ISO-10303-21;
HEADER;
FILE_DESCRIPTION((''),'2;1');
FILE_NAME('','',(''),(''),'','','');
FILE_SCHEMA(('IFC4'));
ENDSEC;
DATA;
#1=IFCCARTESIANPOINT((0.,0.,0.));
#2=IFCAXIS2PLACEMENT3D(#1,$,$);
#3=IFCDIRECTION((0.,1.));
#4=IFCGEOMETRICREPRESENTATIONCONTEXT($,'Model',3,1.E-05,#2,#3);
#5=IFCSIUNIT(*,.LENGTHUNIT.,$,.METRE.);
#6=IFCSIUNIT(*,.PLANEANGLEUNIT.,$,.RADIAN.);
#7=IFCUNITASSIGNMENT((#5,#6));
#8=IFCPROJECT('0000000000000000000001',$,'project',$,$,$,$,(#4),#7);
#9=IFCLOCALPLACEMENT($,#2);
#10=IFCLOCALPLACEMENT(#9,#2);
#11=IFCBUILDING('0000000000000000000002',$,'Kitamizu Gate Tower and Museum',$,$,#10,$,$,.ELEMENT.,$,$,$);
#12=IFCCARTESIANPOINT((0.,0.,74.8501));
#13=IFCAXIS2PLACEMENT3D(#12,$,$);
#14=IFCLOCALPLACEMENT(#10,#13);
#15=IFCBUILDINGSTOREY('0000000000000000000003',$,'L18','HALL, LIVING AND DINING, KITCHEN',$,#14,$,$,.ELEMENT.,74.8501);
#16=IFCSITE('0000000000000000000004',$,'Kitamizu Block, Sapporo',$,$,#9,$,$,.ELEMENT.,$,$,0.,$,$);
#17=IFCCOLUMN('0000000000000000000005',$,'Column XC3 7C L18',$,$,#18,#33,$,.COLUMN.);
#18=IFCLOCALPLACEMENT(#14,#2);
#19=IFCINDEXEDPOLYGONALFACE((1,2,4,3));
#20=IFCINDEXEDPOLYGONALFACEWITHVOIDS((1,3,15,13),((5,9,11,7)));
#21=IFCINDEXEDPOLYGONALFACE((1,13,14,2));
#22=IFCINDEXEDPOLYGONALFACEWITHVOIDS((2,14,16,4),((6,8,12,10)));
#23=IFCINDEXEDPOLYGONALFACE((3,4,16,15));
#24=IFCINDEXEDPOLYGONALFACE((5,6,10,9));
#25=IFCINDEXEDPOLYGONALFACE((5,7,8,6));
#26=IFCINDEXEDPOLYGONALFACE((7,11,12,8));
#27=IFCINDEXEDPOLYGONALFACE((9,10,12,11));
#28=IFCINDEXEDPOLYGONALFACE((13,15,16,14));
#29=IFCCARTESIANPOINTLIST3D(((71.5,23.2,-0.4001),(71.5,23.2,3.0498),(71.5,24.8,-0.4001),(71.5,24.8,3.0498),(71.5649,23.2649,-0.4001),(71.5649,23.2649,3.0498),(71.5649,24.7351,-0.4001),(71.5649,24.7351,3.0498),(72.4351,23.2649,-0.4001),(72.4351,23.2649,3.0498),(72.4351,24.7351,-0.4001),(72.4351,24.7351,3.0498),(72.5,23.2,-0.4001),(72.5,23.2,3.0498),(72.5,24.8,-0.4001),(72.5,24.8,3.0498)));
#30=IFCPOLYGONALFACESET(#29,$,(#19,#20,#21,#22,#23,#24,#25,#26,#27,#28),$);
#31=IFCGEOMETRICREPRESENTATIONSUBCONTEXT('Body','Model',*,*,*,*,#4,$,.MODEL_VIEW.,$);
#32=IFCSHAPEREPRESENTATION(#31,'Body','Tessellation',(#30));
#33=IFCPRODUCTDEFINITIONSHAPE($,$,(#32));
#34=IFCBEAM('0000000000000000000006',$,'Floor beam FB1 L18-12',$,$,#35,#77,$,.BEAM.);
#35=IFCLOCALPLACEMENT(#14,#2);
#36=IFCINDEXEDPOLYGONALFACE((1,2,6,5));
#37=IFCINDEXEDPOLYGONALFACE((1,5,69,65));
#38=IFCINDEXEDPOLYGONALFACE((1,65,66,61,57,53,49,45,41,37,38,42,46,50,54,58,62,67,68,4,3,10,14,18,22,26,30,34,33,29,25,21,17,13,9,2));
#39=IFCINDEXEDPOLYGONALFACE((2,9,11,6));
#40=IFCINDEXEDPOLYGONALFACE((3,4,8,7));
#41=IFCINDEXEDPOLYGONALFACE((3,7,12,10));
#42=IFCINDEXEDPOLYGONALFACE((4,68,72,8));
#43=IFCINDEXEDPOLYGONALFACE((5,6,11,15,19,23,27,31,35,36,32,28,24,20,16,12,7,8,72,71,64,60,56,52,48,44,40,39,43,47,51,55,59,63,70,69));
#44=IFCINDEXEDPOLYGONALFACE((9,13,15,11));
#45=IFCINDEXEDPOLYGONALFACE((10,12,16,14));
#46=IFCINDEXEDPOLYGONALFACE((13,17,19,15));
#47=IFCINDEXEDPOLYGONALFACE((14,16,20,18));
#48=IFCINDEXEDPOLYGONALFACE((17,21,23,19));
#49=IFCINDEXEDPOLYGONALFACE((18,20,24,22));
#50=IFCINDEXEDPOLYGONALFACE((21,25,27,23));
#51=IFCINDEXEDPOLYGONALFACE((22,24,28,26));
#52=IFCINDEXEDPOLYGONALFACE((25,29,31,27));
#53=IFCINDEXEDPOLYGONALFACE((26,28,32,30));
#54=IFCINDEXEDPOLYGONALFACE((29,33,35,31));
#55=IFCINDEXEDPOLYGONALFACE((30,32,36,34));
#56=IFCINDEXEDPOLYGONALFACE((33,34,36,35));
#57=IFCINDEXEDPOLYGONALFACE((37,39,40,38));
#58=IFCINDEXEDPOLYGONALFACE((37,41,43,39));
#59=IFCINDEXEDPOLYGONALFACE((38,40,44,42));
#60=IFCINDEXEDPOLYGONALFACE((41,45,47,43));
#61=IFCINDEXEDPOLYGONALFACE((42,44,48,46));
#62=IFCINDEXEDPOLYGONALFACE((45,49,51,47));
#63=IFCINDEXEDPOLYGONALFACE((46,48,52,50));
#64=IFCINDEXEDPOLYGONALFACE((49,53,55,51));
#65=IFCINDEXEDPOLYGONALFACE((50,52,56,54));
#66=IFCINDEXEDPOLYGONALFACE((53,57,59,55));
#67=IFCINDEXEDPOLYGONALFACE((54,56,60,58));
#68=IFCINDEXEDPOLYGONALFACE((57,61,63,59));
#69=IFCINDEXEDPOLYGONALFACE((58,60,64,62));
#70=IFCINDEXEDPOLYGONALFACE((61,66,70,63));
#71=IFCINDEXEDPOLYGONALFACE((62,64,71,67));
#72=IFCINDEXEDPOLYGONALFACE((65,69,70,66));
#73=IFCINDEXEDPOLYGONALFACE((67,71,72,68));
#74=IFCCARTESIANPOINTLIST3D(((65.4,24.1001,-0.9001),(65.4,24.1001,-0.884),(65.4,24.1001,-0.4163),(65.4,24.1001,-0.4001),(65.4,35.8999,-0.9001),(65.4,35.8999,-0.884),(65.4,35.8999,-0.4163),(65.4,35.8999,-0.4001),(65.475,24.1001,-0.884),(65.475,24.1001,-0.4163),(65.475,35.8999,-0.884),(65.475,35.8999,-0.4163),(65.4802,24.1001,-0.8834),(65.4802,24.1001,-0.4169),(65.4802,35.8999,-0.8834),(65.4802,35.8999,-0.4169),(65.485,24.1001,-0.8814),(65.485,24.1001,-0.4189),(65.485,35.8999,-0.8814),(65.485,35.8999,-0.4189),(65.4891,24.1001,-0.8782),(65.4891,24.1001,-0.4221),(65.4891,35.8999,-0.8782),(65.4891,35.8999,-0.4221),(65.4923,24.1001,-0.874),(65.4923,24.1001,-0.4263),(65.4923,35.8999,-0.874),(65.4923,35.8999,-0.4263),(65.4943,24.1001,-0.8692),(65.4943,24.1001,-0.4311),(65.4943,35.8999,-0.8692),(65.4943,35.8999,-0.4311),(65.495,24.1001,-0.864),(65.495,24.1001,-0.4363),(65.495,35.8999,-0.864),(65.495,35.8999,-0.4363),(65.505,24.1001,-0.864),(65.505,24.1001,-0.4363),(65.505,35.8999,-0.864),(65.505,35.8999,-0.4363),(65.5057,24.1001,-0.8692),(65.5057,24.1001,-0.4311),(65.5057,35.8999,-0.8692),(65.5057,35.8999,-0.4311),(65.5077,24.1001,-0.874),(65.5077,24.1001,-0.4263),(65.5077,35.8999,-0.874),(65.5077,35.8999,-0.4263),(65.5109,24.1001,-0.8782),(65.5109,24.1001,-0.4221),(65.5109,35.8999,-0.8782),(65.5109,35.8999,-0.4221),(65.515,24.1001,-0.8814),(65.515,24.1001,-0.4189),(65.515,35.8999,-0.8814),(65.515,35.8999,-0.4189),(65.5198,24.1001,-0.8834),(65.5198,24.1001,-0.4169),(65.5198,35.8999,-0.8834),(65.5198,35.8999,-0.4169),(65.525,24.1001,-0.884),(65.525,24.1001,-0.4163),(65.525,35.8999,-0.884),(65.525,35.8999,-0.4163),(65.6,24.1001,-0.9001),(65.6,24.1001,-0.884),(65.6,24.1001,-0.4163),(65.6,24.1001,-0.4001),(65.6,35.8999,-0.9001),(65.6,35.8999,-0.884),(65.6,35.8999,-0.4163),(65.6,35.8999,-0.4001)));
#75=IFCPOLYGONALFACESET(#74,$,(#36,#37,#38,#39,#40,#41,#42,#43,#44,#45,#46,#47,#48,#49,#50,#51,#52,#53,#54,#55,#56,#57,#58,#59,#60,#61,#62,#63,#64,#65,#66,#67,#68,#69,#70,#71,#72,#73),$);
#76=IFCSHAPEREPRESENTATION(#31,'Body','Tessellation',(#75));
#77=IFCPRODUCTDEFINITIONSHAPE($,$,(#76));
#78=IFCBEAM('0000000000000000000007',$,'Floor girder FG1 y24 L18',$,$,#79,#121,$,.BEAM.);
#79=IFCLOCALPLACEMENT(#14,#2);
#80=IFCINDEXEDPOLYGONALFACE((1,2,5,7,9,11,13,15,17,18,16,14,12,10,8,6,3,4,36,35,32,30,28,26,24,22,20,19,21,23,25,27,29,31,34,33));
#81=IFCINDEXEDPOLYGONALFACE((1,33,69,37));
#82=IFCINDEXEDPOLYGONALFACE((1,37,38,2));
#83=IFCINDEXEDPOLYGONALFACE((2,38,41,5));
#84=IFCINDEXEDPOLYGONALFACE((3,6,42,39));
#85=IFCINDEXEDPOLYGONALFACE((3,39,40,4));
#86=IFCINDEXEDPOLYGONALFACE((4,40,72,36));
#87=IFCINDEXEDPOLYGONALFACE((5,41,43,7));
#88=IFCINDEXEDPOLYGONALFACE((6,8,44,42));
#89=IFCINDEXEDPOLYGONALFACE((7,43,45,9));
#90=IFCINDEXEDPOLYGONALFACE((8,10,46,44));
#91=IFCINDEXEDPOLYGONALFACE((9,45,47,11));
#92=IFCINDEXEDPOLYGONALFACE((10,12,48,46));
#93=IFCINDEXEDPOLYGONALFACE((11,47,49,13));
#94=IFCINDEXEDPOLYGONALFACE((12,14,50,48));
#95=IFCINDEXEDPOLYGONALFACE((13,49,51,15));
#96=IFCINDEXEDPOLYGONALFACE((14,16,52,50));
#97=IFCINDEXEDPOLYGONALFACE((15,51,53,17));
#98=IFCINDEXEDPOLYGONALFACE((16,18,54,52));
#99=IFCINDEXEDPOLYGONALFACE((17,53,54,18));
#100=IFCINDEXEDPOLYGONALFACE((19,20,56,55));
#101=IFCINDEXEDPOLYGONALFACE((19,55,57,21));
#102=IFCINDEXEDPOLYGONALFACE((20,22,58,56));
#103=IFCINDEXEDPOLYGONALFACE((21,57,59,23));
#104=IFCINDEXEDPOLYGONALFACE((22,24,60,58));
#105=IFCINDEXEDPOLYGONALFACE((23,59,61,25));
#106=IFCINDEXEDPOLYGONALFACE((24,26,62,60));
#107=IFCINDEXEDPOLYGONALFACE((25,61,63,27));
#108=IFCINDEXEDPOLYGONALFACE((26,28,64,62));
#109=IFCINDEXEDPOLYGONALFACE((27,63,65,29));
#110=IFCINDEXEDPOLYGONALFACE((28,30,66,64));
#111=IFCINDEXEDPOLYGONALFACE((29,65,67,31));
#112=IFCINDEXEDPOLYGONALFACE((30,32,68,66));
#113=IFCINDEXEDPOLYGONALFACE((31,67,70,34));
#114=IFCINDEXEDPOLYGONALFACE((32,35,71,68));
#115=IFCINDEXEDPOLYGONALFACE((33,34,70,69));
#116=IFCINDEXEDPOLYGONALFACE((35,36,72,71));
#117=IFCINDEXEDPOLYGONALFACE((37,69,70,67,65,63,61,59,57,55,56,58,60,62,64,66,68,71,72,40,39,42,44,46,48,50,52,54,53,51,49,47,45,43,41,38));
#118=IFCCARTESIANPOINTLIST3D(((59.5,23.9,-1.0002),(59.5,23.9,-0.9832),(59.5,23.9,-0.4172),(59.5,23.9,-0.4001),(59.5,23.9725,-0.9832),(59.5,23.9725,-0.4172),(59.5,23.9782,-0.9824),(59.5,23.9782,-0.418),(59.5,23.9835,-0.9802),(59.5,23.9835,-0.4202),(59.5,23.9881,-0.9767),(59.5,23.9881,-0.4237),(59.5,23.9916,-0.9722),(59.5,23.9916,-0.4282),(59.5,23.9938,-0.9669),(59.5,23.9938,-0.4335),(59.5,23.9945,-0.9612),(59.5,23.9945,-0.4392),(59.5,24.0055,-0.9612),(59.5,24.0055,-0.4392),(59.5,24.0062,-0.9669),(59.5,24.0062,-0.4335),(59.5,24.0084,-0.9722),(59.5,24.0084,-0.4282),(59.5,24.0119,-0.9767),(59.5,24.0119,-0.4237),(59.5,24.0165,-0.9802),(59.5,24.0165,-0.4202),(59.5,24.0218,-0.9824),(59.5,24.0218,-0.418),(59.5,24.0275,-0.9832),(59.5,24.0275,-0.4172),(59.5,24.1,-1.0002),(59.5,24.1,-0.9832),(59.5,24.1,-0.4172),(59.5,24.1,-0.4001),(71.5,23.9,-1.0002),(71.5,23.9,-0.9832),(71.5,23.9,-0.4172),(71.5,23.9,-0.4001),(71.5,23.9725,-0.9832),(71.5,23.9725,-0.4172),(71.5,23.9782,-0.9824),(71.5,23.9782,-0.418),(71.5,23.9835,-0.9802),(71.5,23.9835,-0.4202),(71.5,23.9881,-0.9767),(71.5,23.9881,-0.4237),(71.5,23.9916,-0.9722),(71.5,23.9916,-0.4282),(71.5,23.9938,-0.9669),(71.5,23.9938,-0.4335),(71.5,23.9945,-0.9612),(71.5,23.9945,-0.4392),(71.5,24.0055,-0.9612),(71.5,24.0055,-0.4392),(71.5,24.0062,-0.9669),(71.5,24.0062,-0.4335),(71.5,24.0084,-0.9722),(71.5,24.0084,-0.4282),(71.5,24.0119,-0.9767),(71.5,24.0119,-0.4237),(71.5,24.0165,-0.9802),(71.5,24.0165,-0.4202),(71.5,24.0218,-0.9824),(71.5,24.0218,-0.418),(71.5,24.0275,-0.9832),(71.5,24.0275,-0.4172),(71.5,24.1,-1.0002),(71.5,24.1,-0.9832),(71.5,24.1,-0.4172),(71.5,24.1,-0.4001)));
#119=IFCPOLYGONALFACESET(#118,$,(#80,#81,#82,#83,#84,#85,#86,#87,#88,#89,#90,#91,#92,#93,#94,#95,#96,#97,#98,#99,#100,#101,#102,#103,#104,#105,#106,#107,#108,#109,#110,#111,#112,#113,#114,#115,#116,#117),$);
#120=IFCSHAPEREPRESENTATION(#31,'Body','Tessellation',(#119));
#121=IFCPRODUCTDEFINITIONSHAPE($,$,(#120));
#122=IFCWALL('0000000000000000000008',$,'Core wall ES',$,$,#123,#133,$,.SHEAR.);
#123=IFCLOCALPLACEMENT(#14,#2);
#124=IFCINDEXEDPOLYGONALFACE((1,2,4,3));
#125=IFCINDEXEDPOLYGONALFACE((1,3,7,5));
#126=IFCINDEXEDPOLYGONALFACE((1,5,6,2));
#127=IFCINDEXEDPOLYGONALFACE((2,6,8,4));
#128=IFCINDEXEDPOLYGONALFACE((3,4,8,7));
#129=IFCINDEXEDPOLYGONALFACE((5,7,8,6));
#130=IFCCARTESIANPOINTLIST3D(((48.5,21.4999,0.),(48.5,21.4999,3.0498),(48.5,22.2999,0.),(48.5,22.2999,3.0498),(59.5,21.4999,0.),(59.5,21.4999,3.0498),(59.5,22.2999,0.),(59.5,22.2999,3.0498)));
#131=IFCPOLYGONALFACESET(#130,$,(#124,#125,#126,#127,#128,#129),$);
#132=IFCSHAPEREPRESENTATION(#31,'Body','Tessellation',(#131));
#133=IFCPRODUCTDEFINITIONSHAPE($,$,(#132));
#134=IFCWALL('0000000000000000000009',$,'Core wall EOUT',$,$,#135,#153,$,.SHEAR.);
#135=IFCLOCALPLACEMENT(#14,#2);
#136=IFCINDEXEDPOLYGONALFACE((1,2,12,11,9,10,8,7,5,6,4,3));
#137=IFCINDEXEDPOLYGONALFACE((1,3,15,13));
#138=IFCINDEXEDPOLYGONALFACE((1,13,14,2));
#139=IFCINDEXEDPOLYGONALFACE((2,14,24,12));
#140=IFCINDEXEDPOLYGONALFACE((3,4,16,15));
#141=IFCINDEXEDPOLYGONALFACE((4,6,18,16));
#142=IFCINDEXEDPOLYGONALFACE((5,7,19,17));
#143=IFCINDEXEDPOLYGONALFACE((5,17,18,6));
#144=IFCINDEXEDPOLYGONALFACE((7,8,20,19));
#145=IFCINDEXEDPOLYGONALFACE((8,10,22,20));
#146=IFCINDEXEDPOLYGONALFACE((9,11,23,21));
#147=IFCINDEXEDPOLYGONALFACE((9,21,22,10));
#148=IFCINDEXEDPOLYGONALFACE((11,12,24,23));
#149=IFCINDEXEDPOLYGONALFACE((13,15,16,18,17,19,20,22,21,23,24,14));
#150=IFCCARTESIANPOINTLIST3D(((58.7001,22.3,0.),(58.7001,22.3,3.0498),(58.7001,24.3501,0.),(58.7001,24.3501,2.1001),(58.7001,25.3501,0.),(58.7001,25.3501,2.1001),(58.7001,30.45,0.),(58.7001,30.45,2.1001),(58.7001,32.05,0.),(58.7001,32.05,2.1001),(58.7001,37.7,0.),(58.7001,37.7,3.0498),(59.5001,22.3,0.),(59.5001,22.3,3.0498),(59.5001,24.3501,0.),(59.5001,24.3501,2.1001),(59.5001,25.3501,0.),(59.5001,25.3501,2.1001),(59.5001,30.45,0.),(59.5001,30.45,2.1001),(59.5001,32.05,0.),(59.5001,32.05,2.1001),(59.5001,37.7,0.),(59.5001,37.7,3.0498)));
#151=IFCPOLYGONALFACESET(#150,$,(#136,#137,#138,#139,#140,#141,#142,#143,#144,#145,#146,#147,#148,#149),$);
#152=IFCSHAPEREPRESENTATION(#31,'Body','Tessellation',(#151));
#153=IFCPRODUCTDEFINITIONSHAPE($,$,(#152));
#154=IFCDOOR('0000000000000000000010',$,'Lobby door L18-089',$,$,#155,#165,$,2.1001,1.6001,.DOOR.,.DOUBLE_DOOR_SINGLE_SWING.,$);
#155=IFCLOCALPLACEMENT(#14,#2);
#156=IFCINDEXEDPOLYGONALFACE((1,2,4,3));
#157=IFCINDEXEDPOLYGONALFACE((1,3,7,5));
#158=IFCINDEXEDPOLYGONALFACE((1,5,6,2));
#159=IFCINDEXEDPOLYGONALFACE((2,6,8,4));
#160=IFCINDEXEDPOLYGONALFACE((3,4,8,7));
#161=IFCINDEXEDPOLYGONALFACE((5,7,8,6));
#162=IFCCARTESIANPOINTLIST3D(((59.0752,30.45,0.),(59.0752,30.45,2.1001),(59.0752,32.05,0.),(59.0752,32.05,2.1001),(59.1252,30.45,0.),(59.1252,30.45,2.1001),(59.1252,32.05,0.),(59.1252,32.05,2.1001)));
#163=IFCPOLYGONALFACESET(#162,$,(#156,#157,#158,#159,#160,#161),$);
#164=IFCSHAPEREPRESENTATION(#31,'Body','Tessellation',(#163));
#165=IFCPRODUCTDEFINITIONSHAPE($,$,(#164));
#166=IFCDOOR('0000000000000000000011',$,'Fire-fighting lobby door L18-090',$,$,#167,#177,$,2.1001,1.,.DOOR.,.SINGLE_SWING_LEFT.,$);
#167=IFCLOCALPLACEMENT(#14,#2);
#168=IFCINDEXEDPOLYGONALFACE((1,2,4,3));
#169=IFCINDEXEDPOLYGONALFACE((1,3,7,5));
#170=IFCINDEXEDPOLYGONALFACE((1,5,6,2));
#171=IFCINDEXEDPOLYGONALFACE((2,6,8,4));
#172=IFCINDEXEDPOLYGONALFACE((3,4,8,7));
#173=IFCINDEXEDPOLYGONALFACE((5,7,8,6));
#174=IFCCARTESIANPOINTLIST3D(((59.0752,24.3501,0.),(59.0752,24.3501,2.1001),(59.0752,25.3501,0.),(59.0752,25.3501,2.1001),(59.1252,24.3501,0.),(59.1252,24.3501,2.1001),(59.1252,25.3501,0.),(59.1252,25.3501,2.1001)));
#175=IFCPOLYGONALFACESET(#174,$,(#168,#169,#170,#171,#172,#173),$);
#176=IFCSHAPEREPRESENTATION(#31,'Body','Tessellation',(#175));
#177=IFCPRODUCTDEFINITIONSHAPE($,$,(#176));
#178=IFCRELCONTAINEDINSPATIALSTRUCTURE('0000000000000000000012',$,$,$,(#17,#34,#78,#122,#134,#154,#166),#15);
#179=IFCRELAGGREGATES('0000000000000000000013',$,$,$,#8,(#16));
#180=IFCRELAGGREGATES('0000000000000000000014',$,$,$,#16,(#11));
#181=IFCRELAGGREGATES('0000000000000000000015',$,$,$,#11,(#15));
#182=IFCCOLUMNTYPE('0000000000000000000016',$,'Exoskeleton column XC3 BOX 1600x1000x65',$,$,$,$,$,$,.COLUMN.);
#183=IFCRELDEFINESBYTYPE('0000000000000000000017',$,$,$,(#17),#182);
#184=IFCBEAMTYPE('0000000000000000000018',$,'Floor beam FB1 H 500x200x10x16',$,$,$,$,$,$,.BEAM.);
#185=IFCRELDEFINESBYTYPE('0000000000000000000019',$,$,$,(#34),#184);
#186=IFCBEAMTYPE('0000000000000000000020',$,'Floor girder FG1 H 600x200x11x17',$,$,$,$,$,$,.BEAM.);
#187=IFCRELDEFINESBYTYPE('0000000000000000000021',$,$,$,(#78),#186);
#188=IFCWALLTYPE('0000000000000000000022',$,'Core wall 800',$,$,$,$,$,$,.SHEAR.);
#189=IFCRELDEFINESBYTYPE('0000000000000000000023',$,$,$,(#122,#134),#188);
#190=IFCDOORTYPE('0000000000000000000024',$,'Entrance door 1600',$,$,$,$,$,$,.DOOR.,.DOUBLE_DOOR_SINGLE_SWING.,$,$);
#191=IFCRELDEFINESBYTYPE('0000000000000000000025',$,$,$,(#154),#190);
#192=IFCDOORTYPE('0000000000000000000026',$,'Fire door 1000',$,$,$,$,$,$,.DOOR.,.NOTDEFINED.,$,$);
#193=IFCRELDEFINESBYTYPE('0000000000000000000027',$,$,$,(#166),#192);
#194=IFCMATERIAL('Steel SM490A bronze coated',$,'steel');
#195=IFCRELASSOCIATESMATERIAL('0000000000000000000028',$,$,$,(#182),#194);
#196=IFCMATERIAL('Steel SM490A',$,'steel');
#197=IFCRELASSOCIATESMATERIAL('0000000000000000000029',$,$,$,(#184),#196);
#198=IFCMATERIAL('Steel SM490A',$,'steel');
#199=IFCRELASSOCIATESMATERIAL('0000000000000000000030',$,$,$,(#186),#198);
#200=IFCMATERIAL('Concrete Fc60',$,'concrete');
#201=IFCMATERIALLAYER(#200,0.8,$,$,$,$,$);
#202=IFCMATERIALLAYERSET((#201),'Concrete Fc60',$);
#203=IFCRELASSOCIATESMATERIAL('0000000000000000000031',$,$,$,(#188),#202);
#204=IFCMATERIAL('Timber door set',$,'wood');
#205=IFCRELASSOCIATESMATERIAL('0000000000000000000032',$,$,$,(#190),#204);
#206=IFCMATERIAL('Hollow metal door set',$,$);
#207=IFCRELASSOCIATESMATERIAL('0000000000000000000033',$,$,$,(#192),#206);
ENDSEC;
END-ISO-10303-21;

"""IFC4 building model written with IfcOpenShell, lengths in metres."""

from ifc_helpers import new_model, si_unit, direction, frame, frame_2d, origin, origin_2d, place, context, subcontext, project, spatial, rectangle, hollow_rectangle, i_section, extrude, material, layer, layer_set, material_profile, profile_set, type_object, element, fill, save


model = new_model("IFC4")

# Units and contexts
model_context = context("Model", 3, precision=1e-05, world=origin(), true_north=direction((0.0, 1.0)))
body_context = subcontext(model_context, "Body", "Model", "MODEL_VIEW")
ifc_project = project(units=[si_unit("LENGTHUNIT", "METRE"), si_unit("PLANEANGLEUNIT", "RADIAN")], contexts=[model_context])

# Site, building, storey
site_placement = place(None, origin())
site = spatial("IfcSite", under=ifc_project, at=site_placement, Name="Kitamizu Block, Sapporo", CompositionType="ELEMENT", RefElevation=0.0)
building_placement = place(site_placement, origin())
building = spatial("IfcBuilding", under=site, at=building_placement, Name="Kitamizu Gate Tower and Museum", CompositionType="ELEMENT")
storey_placement = place(building_placement, frame((0.0, 0.0, 74.8501)))
storey = spatial("IfcBuildingStorey", under=building, at=storey_placement, Name="L18", Description="HALL, LIVING AND DINING, KITCHEN", CompositionType="ELEMENT", Elevation=74.8501)

# Column
ifc_material_1 = material(Name="Steel SM490A bronze coated", Category="steel")
ifc_material_profile_1 = material_profile(ifc_material_1, hollow_rectangle(XDim=1.6001, YDim=1.0, WallThickness=0.0649, at=origin_2d()), Name="BOX 1600x1000x65")
ifc_profile_set_1 = profile_set([ifc_material_profile_1], Name="Steel SM490A bronze coated")
column_type = type_object("IfcColumnType", Name="Exoskeleton column XC3 BOX 1600x1000x65", PredefinedType="COLUMN", material=ifc_profile_set_1)
column_placement = place(storey_placement, frame((72.0, 24.0, -0.4001), z_axis=(0.0, 0.0, 1.0), x_axis=(0.0, 1.0, 0.0)))
element("IfcColumn", 1, at=column_placement, inside=storey, type_object=column_type, Name="Column XC3 7C L18", PredefinedType="COLUMN", context=body_context, shape_type="SweptSolid", body=[
    extrude(hollow_rectangle(XDim=1.6001, YDim=1.0, WallThickness=0.0649, at=origin_2d()), origin(), (0.0, 0.0, 1.0), 3.45),
])

# Beams
ifc_material_2 = material(Name="Steel SM490A", Category="steel")
ifc_material_profile_2 = material_profile(ifc_material_2, i_section(OverallWidth=0.2, OverallDepth=0.5, WebThickness=0.01, FlangeThickness=0.0161, FilletRadius=0.02, at=origin_2d()), Name="H-500x200x10x16")
ifc_profile_set_2 = profile_set([ifc_material_profile_2], Name="Steel SM490A")
beam_type_1 = type_object("IfcBeamType", Name="Floor beam FB1 H 500x200x10x16", PredefinedType="BEAM", material=ifc_profile_set_2)
beam_1_placement = place(storey_placement, frame((65.5, 24.1001, -0.6501), z_axis=(0.0, 1.0, 0.0), x_axis=(-1.0, 0.0, 0.0)))
element("IfcBeam", 2, at=beam_1_placement, inside=storey, type_object=beam_type_1, Name="Floor beam FB1 L18-12", PredefinedType="BEAM", context=body_context, shape_type="SweptSolid", body=[
    extrude(i_section(OverallWidth=0.2, OverallDepth=0.5, WebThickness=0.01, FlangeThickness=0.0161, FilletRadius=0.02, at=origin_2d()), origin(), (0.0, 0.0, 1.0), 11.7998),
])
ifc_material_3 = material(Name="Steel SM490A", Category="steel")
ifc_material_profile_3 = material_profile(ifc_material_3, i_section(OverallWidth=0.2, OverallDepth=0.6001, WebThickness=0.011, FlangeThickness=0.0171, FilletRadius=0.022, at=origin_2d()), Name="H-600x200x11x17")
ifc_profile_set_3 = profile_set([ifc_material_profile_3], Name="Steel SM490A")
beam_type_2 = type_object("IfcBeamType", Name="Floor girder FG1 H 600x200x11x17", PredefinedType="BEAM", material=ifc_profile_set_3)
beam_2_placement = place(storey_placement, frame((59.5, 24.0, -0.7002), z_axis=(1.0, 0.0, 0.0), x_axis=(0.0, 1.0, 0.0)))
element("IfcBeam", 3, at=beam_2_placement, inside=storey, type_object=beam_type_2, Name="Floor girder FG1 y24 L18", PredefinedType="BEAM", context=body_context, shape_type="SweptSolid", body=[
    extrude(i_section(OverallWidth=0.2, OverallDepth=0.6001, WebThickness=0.011, FlangeThickness=0.0171, FilletRadius=0.022, at=origin_2d()), origin(), (0.0, 0.0, 1.0), 12.0),
])

# Wall
ifc_material_4 = material(Name="Concrete Fc60", Category="concrete")
ifc_layer_1 = layer(ifc_material_4, 0.8)
ifc_layer_set_1 = layer_set([ifc_layer_1], Name="Concrete Fc60")
wall_type_1 = type_object("IfcWallType", Name="Core wall 800", PredefinedType="SHEAR", material=ifc_layer_set_1)
wall_1_placement = place(storey_placement, frame((59.5, 21.8999, 0.0), z_axis=(0.0, 0.0, 1.0), x_axis=(-1.0, 0.0, 0.0)))
element("IfcWall", 4, at=wall_1_placement, inside=storey, type_object=wall_type_1, Name="Core wall ES", PredefinedType="SHEAR", context=body_context, shape_type="SweptSolid", body=[
    extrude(rectangle(XDim=11.0, YDim=0.8, at=frame_2d((5.5, 0.0))), origin(), (0.0, 0.0, 1.0), 3.0498),
])

# Wall, openings, doors
wall_2_placement = place(storey_placement, frame((59.1001, 22.3, 0.0), z_axis=(0.0, 0.0, 1.0), x_axis=(0.0, 1.0, 0.0)))
wall_2 = element("IfcWall", 5, at=wall_2_placement, inside=storey, type_object=wall_type_1, Name="Core wall EOUT", PredefinedType="SHEAR", context=body_context, shape_type="SweptSolid", body=[
    extrude(rectangle(XDim=15.3999, YDim=0.8, at=frame_2d((7.7, 0.0))), origin(), (0.0, 0.0, 1.0), 3.0498),
])
opening_1_placement = place(wall_2_placement, frame((8.1499, 0.0, 0.0)))
opening_1 = element("IfcOpeningElement", 6, at=opening_1_placement, cuts=wall_2, PredefinedType="OPENING", context=body_context, shape_type="SweptSolid", body=[
    extrude(rectangle(XDim=1.6001, YDim=2.1001, at=frame_2d((0.8, 1.05))), frame((0.0, 0.4102, 0.0), z_axis=(0.0, -1.0, 0.0), x_axis=(1.0, 0.0, 0.0)), (0.0, 0.0, 1.0), 0.8201),
])
opening_2_placement = place(wall_2_placement, frame((2.05, 0.0, 0.0)))
opening_2 = element("IfcOpeningElement", 7, at=opening_2_placement, cuts=wall_2, PredefinedType="OPENING", context=body_context, shape_type="SweptSolid", body=[
    extrude(rectangle(XDim=1.0, YDim=2.1001, at=frame_2d((0.5, 1.05))), frame((0.0, 0.4102, 0.0), z_axis=(0.0, -1.0, 0.0), x_axis=(1.0, 0.0, 0.0)), (0.0, 0.0, 1.0), 0.8201),
])
ifc_material_5 = material(Name="Timber door set", Category="wood")
door_type_1 = type_object("IfcDoorType", Name="Entrance door 1600", OperationType="DOUBLE_DOOR_SINGLE_SWING", PredefinedType="DOOR", material=ifc_material_5)
door_1_placement = place(opening_1_placement, origin())
door_1 = element("IfcDoor", 8, at=door_1_placement, inside=storey, type_object=door_type_1, Name="Lobby door L18-089", OperationType="DOUBLE_DOOR_SINGLE_SWING", OverallHeight=2.1001, OverallWidth=1.6001, PredefinedType="DOOR", context=body_context, shape_type="SweptSolid", body=[
    extrude(rectangle(XDim=1.6001, YDim=2.1001, at=frame_2d((0.8, 1.05))), frame((0.0, 0.0249, 0.0), z_axis=(0.0, -1.0, 0.0), x_axis=(1.0, 0.0, 0.0)), (0.0, 0.0, 1.0), 0.05),
])
fill(opening_1, door_1)
ifc_material_6 = material(Name="Hollow metal door set")
door_type_2 = type_object("IfcDoorType", Name="Fire door 1000", OperationType="NOTDEFINED", PredefinedType="DOOR", material=ifc_material_6)
door_2_placement = place(opening_2_placement, origin())
door_2 = element("IfcDoor", 9, at=door_2_placement, inside=storey, type_object=door_type_2, Name="Fire-fighting lobby door L18-090", OperationType="SINGLE_SWING_LEFT", OverallHeight=2.1001, OverallWidth=1.0, PredefinedType="DOOR", context=body_context, shape_type="SweptSolid", body=[
    extrude(rectangle(XDim=1.0, YDim=2.1001, at=frame_2d((0.5, 1.05))), frame((0.0, 0.0249, 0.0), z_axis=(0.0, -1.0, 0.0), x_axis=(1.0, 0.0, 0.0)), (0.0, 0.0, 1.0), 0.05),
])
fill(opening_2, door_2)

save(model, "model.ifc")
